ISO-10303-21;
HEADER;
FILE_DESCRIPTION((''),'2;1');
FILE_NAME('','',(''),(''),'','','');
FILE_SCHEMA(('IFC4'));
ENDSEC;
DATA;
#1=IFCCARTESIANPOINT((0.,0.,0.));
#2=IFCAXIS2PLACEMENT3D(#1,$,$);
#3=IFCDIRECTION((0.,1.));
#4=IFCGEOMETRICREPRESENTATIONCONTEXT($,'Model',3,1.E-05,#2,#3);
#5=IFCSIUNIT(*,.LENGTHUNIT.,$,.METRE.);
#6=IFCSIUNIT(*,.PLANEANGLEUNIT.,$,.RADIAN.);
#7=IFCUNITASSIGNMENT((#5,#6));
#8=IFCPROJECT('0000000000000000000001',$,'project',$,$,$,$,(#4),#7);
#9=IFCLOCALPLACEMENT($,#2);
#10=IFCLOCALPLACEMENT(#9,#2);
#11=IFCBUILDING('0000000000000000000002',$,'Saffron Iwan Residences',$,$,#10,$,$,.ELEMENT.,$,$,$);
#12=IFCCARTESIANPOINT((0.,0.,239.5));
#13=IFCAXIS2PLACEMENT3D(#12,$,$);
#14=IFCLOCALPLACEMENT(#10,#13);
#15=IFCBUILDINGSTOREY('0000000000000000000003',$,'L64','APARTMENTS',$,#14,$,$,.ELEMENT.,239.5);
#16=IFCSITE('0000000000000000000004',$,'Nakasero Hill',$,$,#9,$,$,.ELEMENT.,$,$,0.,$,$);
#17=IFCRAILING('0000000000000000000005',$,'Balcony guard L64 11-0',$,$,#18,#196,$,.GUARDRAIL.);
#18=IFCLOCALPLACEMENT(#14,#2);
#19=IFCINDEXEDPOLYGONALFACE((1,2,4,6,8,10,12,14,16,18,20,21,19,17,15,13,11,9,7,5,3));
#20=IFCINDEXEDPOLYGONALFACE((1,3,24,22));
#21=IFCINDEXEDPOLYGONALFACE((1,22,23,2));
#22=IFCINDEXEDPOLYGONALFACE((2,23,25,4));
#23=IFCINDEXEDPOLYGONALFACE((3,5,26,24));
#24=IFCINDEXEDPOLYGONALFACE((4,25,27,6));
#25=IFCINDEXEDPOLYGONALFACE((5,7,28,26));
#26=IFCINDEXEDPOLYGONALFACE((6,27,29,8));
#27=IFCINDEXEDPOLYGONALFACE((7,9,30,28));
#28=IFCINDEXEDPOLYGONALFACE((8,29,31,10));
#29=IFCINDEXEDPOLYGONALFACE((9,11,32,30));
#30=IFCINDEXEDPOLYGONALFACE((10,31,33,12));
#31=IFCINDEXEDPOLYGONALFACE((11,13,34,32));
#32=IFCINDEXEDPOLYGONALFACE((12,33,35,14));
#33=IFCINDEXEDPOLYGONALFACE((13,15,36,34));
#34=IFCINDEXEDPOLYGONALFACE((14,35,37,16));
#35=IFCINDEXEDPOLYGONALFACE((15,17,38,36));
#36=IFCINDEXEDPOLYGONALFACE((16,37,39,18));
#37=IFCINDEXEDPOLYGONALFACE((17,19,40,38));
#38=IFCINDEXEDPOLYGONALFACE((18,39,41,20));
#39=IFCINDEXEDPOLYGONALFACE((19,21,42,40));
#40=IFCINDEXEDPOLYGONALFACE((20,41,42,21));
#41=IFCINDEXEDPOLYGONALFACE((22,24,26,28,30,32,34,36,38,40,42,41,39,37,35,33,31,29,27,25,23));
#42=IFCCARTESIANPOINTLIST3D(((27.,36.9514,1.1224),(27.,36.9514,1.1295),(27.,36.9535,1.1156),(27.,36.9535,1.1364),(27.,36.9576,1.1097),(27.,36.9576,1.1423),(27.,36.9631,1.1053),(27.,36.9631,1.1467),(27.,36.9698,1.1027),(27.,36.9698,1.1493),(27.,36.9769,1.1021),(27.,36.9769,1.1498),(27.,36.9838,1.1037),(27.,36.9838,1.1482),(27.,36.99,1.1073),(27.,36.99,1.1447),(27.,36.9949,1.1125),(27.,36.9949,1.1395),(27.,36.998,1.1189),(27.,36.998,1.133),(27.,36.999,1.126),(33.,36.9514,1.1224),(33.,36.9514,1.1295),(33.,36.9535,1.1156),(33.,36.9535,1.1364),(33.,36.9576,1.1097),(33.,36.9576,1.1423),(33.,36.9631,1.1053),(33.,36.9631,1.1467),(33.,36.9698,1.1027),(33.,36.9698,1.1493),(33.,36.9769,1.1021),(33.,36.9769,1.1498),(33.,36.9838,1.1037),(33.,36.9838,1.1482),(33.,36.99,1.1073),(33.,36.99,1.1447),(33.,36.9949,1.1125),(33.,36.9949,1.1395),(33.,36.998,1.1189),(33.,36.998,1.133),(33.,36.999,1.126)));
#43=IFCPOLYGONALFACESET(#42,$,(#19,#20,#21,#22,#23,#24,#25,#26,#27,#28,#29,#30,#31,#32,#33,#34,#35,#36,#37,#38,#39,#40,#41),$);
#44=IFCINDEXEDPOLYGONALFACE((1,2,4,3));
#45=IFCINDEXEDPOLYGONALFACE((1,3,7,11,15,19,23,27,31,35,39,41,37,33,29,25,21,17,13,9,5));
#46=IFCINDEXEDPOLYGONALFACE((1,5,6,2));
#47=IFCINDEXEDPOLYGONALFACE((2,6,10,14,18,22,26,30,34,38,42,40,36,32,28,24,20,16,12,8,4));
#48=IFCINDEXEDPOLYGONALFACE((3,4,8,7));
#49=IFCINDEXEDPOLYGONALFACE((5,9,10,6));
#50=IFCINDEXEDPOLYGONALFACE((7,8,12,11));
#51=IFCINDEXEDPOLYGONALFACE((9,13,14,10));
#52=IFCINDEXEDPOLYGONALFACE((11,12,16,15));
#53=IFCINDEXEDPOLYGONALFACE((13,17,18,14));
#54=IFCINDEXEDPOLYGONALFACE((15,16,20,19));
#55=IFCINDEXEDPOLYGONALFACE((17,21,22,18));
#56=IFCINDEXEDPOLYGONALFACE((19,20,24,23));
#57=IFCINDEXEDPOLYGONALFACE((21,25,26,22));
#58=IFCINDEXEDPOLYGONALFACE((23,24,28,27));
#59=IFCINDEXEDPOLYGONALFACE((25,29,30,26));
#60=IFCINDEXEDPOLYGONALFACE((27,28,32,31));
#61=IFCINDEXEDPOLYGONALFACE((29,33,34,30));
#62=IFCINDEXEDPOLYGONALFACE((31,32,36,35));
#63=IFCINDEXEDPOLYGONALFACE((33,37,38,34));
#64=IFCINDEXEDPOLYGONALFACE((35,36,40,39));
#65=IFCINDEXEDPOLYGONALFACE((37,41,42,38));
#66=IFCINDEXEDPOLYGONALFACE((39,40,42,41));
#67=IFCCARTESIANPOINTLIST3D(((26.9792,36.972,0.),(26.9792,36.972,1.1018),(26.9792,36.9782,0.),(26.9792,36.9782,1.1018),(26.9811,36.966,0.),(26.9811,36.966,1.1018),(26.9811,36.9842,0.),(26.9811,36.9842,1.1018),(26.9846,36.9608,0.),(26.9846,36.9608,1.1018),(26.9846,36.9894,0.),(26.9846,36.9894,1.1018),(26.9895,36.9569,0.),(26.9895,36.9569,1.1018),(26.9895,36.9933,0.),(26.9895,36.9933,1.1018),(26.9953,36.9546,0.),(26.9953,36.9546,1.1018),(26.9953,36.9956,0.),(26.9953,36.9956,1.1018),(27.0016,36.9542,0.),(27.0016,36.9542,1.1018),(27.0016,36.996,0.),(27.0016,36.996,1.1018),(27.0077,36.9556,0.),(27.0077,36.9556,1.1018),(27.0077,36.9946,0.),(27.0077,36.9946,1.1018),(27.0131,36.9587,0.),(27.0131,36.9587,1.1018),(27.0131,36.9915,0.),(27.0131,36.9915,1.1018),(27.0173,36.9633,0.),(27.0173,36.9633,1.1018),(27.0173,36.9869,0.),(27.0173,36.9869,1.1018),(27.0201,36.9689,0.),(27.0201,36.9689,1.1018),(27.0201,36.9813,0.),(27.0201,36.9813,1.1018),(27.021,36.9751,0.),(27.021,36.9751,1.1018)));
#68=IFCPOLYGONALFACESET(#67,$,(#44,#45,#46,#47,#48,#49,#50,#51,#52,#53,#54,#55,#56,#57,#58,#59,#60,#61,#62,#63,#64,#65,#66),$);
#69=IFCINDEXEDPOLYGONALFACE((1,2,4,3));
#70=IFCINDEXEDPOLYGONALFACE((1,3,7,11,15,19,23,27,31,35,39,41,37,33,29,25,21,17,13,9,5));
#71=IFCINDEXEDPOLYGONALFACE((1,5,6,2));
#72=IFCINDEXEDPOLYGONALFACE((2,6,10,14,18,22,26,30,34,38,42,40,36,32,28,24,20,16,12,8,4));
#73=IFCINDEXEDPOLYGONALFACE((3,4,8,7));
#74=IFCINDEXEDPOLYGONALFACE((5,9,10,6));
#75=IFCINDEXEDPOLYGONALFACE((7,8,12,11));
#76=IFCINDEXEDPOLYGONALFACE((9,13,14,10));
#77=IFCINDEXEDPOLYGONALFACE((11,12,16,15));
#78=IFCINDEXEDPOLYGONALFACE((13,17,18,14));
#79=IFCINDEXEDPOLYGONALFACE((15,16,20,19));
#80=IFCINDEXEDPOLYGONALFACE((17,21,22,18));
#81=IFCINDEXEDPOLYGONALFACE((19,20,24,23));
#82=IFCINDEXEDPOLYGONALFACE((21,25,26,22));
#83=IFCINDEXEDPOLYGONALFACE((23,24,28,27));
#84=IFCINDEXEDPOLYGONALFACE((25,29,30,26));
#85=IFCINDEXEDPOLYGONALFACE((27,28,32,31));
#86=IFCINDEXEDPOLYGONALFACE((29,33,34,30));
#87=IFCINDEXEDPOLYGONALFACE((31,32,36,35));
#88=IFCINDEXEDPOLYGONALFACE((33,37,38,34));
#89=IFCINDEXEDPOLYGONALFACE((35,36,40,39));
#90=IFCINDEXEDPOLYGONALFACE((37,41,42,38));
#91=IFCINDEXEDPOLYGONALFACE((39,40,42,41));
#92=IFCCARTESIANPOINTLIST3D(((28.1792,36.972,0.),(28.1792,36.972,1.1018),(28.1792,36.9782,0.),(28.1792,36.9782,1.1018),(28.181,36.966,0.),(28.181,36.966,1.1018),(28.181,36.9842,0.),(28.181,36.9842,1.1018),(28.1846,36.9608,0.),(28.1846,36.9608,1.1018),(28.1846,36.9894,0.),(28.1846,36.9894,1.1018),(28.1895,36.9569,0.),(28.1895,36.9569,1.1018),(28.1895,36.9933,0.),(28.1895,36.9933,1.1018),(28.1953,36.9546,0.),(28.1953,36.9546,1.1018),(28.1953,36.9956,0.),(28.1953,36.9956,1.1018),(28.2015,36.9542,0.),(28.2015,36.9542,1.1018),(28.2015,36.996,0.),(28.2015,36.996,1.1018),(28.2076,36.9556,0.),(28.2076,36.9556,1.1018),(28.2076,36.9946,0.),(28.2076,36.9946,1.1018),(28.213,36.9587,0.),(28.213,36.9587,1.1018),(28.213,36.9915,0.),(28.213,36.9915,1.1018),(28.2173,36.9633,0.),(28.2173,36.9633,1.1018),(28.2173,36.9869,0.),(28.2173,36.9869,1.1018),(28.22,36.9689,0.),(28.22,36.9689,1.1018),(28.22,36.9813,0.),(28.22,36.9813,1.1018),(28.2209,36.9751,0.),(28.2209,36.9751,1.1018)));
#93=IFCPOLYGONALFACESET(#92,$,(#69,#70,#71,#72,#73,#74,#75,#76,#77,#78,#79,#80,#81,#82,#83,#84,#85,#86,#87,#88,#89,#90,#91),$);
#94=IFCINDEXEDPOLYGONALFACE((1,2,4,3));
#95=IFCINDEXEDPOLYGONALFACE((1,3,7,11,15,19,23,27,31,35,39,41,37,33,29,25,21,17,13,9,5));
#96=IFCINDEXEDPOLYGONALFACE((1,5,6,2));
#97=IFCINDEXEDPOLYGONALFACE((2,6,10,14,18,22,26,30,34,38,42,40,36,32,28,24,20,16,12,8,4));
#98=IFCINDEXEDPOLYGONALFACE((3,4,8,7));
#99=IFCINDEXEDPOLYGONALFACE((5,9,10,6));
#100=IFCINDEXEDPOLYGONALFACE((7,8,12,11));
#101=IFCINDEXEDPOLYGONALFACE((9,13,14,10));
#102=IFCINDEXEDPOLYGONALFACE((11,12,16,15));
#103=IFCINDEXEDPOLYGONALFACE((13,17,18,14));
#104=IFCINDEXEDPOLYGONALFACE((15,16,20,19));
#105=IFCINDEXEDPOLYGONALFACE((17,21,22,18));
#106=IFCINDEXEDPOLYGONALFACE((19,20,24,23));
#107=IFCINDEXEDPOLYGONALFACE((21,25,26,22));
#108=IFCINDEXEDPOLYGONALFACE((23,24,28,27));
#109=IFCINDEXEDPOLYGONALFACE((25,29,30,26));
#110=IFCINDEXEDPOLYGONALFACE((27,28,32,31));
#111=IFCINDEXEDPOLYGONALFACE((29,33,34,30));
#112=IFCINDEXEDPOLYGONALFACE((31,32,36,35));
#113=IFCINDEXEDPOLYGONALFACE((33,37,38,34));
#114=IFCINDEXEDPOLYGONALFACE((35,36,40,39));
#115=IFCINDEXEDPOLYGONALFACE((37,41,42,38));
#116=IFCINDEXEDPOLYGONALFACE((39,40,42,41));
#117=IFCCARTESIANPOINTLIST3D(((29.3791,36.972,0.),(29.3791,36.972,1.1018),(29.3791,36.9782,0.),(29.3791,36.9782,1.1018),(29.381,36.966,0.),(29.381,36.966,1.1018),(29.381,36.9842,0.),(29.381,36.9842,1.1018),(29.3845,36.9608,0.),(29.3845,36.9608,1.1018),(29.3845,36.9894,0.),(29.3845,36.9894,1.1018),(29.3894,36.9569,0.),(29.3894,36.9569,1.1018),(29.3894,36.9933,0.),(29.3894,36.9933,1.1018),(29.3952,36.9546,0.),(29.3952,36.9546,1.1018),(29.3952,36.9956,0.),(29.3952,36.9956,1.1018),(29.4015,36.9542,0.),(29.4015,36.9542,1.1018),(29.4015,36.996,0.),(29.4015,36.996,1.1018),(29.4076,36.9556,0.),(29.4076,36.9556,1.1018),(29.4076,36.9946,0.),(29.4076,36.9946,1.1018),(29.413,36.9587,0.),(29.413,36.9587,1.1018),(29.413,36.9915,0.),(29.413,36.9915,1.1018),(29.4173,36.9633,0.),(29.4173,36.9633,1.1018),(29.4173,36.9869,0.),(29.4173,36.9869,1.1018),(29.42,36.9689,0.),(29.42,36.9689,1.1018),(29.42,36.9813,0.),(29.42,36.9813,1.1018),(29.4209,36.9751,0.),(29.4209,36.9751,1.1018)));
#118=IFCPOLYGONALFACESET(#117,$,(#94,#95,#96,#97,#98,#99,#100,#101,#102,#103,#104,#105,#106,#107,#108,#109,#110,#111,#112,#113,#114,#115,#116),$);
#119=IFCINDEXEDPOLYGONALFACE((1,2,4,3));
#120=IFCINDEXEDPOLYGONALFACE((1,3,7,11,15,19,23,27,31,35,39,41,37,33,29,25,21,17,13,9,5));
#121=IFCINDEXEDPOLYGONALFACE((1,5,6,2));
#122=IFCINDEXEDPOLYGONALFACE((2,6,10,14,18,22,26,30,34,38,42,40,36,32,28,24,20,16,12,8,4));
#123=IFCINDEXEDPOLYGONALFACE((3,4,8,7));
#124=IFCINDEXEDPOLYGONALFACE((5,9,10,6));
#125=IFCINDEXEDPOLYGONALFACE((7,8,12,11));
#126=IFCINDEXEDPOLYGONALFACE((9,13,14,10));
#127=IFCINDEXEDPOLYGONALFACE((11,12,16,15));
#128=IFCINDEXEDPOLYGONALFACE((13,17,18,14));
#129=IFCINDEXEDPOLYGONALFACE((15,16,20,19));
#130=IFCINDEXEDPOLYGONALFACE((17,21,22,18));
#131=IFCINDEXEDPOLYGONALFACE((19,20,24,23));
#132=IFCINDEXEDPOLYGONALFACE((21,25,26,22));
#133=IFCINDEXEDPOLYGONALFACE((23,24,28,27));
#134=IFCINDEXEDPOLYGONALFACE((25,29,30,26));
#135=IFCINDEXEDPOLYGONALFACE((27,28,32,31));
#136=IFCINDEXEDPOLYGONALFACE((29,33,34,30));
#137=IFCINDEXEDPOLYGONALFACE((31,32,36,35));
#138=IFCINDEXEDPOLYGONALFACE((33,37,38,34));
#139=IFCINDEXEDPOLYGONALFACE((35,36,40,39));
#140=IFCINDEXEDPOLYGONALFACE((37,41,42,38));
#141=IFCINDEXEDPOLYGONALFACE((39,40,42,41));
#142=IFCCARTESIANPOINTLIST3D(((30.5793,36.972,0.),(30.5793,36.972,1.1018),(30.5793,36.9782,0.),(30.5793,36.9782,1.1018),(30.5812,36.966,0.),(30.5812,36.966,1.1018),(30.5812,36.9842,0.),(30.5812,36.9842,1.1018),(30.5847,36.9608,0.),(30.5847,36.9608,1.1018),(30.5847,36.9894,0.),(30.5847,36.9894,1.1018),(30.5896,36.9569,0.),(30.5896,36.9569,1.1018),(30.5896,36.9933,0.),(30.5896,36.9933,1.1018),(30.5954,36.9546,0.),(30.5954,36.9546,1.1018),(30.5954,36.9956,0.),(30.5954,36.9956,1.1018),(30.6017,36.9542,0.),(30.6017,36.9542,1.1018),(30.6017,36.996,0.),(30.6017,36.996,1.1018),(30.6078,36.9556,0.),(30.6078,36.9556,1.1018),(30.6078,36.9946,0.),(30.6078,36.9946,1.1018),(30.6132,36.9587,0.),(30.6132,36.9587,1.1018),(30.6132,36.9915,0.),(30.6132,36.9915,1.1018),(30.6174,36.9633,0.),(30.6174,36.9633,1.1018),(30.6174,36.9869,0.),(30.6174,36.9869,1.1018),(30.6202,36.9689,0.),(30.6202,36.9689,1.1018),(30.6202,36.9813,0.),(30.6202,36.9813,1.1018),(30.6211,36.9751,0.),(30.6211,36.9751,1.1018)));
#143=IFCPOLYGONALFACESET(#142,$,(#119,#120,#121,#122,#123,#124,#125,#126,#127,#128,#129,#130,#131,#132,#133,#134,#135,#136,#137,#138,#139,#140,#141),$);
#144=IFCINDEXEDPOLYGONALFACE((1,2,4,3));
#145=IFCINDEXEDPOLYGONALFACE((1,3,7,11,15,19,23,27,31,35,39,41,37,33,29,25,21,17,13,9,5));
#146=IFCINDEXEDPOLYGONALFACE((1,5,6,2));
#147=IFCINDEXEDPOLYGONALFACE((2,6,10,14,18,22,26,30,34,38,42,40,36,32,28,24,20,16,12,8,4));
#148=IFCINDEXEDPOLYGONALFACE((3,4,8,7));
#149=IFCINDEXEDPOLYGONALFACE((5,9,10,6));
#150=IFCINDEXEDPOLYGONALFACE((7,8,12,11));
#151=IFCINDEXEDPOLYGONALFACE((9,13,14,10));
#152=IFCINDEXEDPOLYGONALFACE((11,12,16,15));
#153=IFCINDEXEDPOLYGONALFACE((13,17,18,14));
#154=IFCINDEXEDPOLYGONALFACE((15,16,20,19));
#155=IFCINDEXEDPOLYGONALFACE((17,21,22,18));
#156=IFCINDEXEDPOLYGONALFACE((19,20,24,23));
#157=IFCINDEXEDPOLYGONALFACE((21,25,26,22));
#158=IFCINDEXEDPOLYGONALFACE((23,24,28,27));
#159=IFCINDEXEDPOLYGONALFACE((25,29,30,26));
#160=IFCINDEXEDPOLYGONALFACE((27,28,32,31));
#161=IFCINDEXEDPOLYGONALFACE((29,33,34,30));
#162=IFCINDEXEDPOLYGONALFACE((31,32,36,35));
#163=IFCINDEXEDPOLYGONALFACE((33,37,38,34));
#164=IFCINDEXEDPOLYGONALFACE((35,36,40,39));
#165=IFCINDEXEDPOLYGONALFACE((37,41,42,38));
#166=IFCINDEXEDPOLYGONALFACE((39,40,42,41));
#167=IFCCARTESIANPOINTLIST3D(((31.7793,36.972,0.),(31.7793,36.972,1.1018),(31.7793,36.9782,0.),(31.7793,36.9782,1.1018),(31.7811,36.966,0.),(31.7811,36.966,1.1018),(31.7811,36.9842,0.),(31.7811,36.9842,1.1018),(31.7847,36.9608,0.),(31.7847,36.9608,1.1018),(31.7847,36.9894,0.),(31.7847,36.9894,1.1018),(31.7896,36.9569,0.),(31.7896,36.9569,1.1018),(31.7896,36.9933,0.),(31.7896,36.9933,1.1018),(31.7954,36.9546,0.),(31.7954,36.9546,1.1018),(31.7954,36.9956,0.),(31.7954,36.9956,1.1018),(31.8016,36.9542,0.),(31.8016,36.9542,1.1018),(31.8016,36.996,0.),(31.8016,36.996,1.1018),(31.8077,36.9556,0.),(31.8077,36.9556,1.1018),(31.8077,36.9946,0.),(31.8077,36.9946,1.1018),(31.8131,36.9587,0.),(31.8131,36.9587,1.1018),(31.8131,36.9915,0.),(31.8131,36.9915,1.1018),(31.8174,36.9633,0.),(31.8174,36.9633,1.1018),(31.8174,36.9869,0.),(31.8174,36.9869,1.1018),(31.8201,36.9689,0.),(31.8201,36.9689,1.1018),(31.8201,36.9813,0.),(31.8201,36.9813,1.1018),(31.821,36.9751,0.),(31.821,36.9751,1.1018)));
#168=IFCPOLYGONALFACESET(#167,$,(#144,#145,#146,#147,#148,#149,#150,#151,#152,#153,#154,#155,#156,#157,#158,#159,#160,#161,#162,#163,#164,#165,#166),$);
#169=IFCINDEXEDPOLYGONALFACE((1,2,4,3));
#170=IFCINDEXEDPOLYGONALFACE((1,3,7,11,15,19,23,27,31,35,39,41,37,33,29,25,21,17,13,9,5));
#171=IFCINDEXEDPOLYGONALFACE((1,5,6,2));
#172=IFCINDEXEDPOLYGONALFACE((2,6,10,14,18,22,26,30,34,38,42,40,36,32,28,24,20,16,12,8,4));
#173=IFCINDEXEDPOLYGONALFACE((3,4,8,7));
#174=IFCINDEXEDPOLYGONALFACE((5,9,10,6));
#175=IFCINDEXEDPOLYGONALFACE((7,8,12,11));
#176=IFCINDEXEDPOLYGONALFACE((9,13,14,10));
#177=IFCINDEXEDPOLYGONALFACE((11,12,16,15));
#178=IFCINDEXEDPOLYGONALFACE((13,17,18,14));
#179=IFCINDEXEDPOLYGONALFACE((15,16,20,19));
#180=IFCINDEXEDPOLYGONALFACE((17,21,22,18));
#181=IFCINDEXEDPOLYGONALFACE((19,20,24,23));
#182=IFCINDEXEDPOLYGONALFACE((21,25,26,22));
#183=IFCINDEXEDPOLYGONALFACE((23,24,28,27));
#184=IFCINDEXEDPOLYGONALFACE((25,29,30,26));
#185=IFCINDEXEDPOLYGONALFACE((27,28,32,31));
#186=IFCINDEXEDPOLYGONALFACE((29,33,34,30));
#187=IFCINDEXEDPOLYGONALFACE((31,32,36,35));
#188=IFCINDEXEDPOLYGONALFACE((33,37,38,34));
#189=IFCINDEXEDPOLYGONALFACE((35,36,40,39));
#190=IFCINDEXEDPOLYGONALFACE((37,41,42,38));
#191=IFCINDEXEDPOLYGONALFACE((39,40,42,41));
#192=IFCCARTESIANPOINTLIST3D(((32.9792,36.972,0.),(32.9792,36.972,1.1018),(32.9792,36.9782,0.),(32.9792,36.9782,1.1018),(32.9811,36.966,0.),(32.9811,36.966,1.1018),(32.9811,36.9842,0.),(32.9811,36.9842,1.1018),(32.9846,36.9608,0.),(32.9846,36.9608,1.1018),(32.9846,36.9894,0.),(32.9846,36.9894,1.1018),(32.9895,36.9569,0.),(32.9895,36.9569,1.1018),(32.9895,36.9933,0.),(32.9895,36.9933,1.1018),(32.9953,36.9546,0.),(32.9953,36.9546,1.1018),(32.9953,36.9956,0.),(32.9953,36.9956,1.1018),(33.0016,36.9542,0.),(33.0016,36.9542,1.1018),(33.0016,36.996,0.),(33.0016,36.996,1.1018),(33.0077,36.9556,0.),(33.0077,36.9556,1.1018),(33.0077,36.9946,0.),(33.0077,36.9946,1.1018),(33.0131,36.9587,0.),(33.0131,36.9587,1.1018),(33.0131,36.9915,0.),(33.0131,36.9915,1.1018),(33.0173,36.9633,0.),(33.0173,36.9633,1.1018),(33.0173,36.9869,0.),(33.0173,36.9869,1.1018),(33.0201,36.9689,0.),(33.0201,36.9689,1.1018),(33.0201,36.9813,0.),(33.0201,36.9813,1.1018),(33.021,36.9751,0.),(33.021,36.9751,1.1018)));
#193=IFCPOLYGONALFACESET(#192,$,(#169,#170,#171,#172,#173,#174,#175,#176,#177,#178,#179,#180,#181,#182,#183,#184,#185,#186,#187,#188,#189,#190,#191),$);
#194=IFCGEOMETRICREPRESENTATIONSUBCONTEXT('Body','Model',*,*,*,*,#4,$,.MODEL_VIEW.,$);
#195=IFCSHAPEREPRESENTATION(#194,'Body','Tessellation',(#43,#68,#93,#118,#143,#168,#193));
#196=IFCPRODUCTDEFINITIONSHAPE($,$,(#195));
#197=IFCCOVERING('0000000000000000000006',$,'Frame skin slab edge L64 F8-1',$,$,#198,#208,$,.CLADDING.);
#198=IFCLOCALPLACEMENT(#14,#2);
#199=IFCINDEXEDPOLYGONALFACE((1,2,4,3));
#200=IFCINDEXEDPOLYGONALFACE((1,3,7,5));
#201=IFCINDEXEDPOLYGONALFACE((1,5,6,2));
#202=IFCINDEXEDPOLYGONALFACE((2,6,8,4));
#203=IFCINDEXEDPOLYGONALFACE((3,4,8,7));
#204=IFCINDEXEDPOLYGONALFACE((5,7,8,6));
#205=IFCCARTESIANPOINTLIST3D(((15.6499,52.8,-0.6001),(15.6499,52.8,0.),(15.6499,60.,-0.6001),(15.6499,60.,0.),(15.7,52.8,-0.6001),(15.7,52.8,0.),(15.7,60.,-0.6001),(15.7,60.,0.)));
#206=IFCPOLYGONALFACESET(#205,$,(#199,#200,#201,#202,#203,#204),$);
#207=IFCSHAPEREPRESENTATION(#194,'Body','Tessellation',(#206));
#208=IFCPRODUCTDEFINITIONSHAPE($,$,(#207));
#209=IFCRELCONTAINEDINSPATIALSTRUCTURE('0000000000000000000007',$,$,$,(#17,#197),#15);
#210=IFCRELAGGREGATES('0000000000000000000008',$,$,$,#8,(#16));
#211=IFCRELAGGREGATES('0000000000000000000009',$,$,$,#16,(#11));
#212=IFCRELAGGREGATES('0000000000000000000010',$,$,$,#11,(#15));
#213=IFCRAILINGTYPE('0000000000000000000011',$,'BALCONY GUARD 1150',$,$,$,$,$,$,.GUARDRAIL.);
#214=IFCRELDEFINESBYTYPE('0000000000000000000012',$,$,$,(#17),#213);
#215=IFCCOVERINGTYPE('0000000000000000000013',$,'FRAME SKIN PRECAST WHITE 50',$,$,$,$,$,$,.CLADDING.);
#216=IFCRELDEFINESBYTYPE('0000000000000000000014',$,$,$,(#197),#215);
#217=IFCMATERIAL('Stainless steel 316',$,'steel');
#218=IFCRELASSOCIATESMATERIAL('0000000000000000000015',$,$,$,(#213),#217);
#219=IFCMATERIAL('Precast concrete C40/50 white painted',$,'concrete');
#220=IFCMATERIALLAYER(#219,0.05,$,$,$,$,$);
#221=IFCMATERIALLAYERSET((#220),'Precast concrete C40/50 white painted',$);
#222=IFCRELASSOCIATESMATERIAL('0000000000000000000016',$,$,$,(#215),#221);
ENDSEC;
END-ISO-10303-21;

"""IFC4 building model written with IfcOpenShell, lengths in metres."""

from ifc_helpers import new_model, si_unit, direction, frame, origin, origin_2d, place, context, subcontext, project, spatial, polyline, circle, outline, extrude, material, layer, layer_set, type_object, element, save


model = new_model("IFC4")

# Units and contexts
model_context = context("Model", 3, precision=1e-05, world=origin(), true_north=direction((0.0, 1.0)))
body_context = subcontext(model_context, "Body", "Model", "MODEL_VIEW")
ifc_project = project(units=[si_unit("LENGTHUNIT", "METRE"), si_unit("PLANEANGLEUNIT", "RADIAN")], contexts=[model_context])

# Site, building, storey
site_placement = place(None, origin())
site = spatial("IfcSite", under=ifc_project, at=site_placement, Name="Nakasero Hill", CompositionType="ELEMENT", RefElevation=0.0)
building_placement = place(site_placement, origin())
building = spatial("IfcBuilding", under=site, at=building_placement, Name="Saffron Iwan Residences", CompositionType="ELEMENT")
storey_placement = place(building_placement, frame((0.0, 0.0, 239.5)))
storey = spatial("IfcBuildingStorey", under=building, at=storey_placement, Name="L64", Description="APARTMENTS", CompositionType="ELEMENT", Elevation=239.5)

# Railing
ifc_material_1 = material(Name="Stainless steel 316", Category="steel")
railing_type = type_object("IfcRailingType", Name="BALCONY GUARD 1150", PredefinedType="GUARDRAIL", material=ifc_material_1)
railing_placement = place(storey_placement, frame((27.0, 36.9751, 0.0)))
element("IfcRailing", 1, at=railing_placement, inside=storey, type_object=railing_type, Name="Balcony guard L64 11-0", PredefinedType="GUARDRAIL", context=body_context, shape_type="SweptSolid", body=[
    extrude(circle(Radius=0.0239, at=origin_2d()), frame((0.0, 0.0, 1.126), z_axis=(1.0, 0.0, 0.0), x_axis=(0.0, 1.0, 0.0)), (0.0, 0.0, 1.0), 6.0),
    extrude(circle(Radius=0.021, at=origin_2d()), origin(), (0.0, 0.0, 1.0), 1.1018),
    extrude(circle(Radius=0.021, at=origin_2d()), frame((1.2, 0.0, 0.0)), (0.0, 0.0, 1.0), 1.1018),
    extrude(circle(Radius=0.021, at=origin_2d()), frame((2.3999, 0.0, 0.0)), (0.0, 0.0, 1.0), 1.1018),
    extrude(circle(Radius=0.021, at=origin_2d()), frame((3.6001, 0.0, 0.0)), (0.0, 0.0, 1.0), 1.1018),
    extrude(circle(Radius=0.021, at=origin_2d()), frame((4.8, 0.0, 0.0)), (0.0, 0.0, 1.0), 1.1018),
    extrude(circle(Radius=0.021, at=origin_2d()), frame((6.0, 0.0, 0.0)), (0.0, 0.0, 1.0), 1.1018),
])

# Covering
ifc_material_2 = material(Name="Precast concrete C40/50 white painted", Category="concrete")
ifc_layer_1 = layer(ifc_material_2, 0.05)
ifc_layer_set_1 = layer_set([ifc_layer_1], Name="Precast concrete C40/50 white painted")
covering_type = type_object("IfcCoveringType", Name="FRAME SKIN PRECAST WHITE 50", PredefinedType="CLADDING", material=ifc_layer_set_1)
for number, where, name in (
    (2, (0.0, 0.0, -0.6001), "Frame skin slab edge L64 F8-1"),
):
    element("IfcCovering", number, at=place(storey_placement, frame(where)), inside=storey, type_object=covering_type, Name=name, PredefinedType="CLADDING", context=body_context, shape_type="SweptSolid", body=[
        extrude(outline(polyline([(15.6499, 60.0), (15.6499, 52.8), (15.7, 52.8), (15.7, 60.0), (15.6499, 60.0)])), origin(), (0.0, 0.0, 1.0), 0.6001),
    ])

save(model, "model.ifc")
